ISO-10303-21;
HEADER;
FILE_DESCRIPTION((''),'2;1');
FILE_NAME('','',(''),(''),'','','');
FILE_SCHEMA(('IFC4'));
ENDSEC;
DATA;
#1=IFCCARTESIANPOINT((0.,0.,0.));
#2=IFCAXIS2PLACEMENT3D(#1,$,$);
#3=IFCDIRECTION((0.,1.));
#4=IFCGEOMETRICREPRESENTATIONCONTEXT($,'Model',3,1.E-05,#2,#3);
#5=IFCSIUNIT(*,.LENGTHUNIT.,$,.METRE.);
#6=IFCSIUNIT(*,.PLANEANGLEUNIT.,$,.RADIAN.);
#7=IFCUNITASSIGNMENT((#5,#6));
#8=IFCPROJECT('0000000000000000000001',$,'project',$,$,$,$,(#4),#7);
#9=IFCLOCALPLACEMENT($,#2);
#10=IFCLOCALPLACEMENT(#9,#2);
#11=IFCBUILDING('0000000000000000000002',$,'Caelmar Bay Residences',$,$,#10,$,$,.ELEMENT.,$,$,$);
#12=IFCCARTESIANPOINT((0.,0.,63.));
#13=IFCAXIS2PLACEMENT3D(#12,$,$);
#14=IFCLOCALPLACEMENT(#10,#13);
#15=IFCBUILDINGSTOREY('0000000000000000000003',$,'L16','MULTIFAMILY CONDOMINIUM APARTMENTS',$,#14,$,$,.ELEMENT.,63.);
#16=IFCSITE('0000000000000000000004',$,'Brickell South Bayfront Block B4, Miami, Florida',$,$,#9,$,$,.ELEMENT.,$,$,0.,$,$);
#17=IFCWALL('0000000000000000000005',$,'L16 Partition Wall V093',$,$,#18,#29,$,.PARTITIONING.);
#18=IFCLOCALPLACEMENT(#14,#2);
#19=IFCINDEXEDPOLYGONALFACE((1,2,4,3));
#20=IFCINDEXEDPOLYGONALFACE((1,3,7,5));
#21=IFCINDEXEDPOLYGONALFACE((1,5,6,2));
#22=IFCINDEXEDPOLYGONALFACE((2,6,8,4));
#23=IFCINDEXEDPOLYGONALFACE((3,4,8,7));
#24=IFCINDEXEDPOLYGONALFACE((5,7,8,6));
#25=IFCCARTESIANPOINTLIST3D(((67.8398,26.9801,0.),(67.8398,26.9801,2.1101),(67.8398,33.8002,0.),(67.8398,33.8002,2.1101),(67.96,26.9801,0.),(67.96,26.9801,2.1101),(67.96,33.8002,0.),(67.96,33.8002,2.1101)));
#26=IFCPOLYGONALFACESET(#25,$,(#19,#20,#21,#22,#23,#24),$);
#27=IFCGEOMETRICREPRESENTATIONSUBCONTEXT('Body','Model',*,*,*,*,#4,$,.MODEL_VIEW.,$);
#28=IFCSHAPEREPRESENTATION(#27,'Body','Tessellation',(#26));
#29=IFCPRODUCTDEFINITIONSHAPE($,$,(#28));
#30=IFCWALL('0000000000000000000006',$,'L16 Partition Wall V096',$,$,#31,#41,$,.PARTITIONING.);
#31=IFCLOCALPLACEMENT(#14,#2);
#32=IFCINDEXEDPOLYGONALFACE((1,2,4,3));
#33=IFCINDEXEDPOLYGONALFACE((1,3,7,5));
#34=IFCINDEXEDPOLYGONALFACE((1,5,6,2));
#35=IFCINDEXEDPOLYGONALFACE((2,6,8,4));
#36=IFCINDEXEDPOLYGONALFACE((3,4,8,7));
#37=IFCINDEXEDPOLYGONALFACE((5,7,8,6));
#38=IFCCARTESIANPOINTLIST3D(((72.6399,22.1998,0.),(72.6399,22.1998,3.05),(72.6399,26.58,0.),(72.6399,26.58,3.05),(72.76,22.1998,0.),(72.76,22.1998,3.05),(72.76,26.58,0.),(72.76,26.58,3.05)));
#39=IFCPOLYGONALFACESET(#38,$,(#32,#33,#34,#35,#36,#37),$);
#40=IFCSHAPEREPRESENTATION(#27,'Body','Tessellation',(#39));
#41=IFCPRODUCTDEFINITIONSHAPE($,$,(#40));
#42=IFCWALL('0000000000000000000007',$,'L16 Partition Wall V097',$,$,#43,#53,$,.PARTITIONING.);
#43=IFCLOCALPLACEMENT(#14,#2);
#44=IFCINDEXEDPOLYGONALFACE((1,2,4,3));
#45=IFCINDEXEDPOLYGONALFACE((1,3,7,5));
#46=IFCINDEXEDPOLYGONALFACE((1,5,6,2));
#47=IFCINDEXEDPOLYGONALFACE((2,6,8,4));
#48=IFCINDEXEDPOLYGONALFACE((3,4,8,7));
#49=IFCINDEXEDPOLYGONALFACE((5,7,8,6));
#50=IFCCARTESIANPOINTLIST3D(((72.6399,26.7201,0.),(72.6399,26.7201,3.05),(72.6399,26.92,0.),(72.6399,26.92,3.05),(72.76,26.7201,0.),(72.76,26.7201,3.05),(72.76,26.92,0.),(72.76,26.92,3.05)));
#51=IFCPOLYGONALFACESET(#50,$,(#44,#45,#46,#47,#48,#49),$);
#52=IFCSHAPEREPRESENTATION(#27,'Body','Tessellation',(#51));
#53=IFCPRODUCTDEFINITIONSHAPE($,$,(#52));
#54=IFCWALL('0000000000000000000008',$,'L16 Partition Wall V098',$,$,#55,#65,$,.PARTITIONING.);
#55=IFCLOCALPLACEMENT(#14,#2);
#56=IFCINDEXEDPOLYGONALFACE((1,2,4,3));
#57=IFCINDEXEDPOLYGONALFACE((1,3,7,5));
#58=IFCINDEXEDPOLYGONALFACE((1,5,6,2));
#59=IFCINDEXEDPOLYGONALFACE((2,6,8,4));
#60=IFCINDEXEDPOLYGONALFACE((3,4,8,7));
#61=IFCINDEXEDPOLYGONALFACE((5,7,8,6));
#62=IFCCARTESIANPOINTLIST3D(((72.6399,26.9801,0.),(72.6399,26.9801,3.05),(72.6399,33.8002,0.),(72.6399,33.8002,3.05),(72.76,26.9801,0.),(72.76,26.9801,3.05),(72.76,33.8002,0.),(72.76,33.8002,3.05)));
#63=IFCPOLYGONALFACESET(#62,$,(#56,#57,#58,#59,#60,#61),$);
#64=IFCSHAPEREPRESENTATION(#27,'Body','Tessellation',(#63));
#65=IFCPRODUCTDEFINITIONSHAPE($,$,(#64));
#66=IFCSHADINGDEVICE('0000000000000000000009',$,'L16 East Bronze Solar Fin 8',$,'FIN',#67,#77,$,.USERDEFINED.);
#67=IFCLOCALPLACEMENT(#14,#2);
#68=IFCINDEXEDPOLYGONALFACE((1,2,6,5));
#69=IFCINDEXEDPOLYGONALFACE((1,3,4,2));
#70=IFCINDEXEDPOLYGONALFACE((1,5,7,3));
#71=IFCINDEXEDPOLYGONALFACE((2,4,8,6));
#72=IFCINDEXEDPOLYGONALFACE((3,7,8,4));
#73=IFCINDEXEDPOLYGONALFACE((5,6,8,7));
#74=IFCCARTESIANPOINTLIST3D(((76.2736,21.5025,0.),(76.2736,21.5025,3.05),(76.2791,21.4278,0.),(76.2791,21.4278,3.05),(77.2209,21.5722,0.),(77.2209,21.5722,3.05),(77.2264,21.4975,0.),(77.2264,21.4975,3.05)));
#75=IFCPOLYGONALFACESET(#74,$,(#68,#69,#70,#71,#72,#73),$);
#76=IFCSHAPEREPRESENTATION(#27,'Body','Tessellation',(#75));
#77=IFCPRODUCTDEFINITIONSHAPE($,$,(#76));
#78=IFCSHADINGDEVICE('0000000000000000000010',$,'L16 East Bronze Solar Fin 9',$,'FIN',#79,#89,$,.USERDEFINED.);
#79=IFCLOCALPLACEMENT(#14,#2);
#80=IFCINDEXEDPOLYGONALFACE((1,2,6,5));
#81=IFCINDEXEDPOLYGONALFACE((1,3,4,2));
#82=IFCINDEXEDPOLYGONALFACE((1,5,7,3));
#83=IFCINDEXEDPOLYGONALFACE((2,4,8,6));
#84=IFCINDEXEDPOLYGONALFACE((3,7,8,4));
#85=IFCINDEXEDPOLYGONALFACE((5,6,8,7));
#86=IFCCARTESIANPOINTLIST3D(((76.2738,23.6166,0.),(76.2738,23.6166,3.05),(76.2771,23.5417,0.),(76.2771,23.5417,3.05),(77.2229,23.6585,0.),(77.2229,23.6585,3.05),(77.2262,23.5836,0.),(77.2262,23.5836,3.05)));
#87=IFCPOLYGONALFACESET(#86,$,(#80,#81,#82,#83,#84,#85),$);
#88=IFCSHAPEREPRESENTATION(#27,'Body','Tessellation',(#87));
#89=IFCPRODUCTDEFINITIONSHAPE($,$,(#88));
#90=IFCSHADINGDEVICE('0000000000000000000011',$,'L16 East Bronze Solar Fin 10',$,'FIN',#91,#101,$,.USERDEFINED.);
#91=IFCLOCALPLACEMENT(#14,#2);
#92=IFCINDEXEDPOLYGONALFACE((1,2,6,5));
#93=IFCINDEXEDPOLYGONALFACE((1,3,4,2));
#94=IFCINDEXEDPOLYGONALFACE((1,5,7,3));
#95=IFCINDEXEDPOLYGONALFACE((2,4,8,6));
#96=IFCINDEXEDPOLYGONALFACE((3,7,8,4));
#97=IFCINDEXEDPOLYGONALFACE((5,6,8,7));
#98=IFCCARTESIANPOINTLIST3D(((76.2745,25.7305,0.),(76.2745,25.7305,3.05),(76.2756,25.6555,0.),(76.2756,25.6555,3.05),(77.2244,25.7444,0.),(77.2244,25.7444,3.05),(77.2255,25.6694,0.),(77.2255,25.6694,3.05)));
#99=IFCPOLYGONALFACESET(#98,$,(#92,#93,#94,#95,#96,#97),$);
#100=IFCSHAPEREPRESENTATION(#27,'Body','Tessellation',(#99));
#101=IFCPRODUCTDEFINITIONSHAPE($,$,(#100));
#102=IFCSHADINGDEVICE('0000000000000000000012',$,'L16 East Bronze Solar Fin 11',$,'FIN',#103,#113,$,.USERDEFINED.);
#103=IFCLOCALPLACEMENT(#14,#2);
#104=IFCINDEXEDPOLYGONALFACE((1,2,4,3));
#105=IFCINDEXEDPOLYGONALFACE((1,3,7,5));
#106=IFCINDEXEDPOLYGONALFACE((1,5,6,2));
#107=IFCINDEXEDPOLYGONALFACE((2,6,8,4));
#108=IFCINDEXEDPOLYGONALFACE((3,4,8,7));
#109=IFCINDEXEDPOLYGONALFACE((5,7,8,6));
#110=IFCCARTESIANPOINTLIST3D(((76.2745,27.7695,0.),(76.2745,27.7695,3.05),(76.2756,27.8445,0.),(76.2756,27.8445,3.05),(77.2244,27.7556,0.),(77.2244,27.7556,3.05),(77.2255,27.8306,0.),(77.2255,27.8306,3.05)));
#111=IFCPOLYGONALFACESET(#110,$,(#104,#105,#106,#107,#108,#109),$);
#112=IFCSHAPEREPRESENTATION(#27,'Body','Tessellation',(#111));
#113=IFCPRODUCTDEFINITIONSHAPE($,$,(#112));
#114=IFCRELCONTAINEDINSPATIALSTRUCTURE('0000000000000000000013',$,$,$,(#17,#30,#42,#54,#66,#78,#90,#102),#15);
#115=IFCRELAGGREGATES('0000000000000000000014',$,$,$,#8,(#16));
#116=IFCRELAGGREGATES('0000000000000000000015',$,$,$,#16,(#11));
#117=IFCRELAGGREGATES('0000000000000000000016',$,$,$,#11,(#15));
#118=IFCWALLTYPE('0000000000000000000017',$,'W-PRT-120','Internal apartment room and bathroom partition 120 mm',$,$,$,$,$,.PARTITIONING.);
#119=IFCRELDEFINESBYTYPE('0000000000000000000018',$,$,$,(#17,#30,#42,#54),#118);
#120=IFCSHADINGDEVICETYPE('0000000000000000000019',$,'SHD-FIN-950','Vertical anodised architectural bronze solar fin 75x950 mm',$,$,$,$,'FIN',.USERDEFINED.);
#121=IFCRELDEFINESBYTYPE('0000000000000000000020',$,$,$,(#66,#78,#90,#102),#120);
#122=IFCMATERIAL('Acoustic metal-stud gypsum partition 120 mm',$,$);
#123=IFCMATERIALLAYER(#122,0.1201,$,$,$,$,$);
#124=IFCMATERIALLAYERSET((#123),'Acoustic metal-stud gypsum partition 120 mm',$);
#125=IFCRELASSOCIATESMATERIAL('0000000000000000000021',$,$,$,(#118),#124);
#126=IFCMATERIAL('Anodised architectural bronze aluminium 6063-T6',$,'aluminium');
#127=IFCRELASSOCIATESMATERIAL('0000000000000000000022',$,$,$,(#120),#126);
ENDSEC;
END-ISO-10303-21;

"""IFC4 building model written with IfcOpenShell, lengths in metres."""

from ifc_helpers import new_model, si_unit, direction, frame, frame_2d, origin, origin_2d, place, context, subcontext, project, spatial, rectangle, extrude, material, layer, layer_set, material_profile, profile_set, type_object, element, save


model = new_model("IFC4")

# Units and contexts
model_context = context("Model", 3, precision=1e-05, world=origin(), true_north=direction((0.0, 1.0)))
body_context = subcontext(model_context, "Body", "Model", "MODEL_VIEW")
ifc_project = project(units=[si_unit("LENGTHUNIT", "METRE"), si_unit("PLANEANGLEUNIT", "RADIAN")], contexts=[model_context])

# Site, building, storey
site_placement = place(None, origin())
site = spatial("IfcSite", under=ifc_project, at=site_placement, Name="Brickell South Bayfront Block B4, Miami, Florida", CompositionType="ELEMENT", RefElevation=0.0)
building_placement = place(site_placement, origin())
building = spatial("IfcBuilding", under=site, at=building_placement, Name="Caelmar Bay Residences", CompositionType="ELEMENT")
storey_placement = place(building_placement, frame((0.0, 0.0, 63.0)))
storey = spatial("IfcBuildingStorey", under=building, at=storey_placement, Name="L16", Description="MULTIFAMILY CONDOMINIUM APARTMENTS", CompositionType="ELEMENT", Elevation=63.0)

# Shared definitions
ifc_material_1 = material(Name="Acoustic metal-stud gypsum partition 120 mm")
ifc_layer_1 = layer(ifc_material_1, 0.1201)
ifc_layer_set_1 = layer_set([ifc_layer_1], Name="Acoustic metal-stud gypsum partition 120 mm")
wall_type = type_object("IfcWallType", Name="W-PRT-120", Description="Internal apartment room and bathroom partition 120 mm", PredefinedType="PARTITIONING", material=ifc_layer_set_1)

# Walls
wall_1_placement = place(storey_placement, frame((67.8999, 26.98, 0.0), z_axis=(0.0, 0.0, 1.0), x_axis=(0.0, 1.0, 0.0)))
element("IfcWall", 1, at=wall_1_placement, inside=storey, type_object=wall_type, Name="L16 Partition Wall V093", PredefinedType="PARTITIONING", context=body_context, shape_type="SweptSolid", body=[
    extrude(rectangle(XDim=6.8201, YDim=0.1201, at=frame_2d((3.4102, 0.0))), origin(), (0.0, 0.0, 1.0), 2.1101),
])
wall_2_placement = place(storey_placement, frame((72.7, 22.2, 0.0), z_axis=(0.0, 0.0, 1.0), x_axis=(0.0, 1.0, 0.0)))
element("IfcWall", 2, at=wall_2_placement, inside=storey, type_object=wall_type, Name="L16 Partition Wall V096", PredefinedType="PARTITIONING", context=body_context, shape_type="SweptSolid", body=[
    extrude(rectangle(XDim=4.3801, YDim=0.1201, at=frame_2d((2.1899, 0.0))), origin(), (0.0, 0.0, 1.0), 3.05),
])
wall_3_placement = place(storey_placement, frame((72.7, 26.72, 0.0), z_axis=(0.0, 0.0, 1.0), x_axis=(0.0, 1.0, 0.0)))
element("IfcWall", 3, at=wall_3_placement, inside=storey, type_object=wall_type, Name="L16 Partition Wall V097", PredefinedType="PARTITIONING", context=body_context, shape_type="SweptSolid", body=[
    extrude(rectangle(XDim=0.2, YDim=0.1201, at=frame_2d((0.1001, 0.0))), origin(), (0.0, 0.0, 1.0), 3.05),
])
wall_4_placement = place(storey_placement, frame((72.7, 26.98, 0.0), z_axis=(0.0, 0.0, 1.0), x_axis=(0.0, 1.0, 0.0)))
element("IfcWall", 4, at=wall_4_placement, inside=storey, type_object=wall_type, Name="L16 Partition Wall V098", PredefinedType="PARTITIONING", context=body_context, shape_type="SweptSolid", body=[
    extrude(rectangle(XDim=6.8201, YDim=0.1201, at=frame_2d((3.4102, 0.0))), origin(), (0.0, 0.0, 1.0), 3.05),
])

# Shading devices
ifc_material_2 = material(Name="Anodised architectural bronze aluminium 6063-T6", Category="aluminium")
ifc_material_profile_1 = material_profile(ifc_material_2, rectangle(XDim=0.075, YDim=0.95, at=origin_2d()), Name="BRONZE-FIN-75X950")
ifc_profile_set_1 = profile_set([ifc_material_profile_1], Name="Anodised architectural bronze aluminium 6063-T6")
shading_device_type = type_object("IfcShadingDeviceType", Name="SHD-FIN-950", Description="Vertical anodised architectural bronze solar fin 75x950 mm", ElementType="FIN", PredefinedType="USERDEFINED", material=ifc_profile_set_1)
for number, where, z_axis, x_axis, name in (
    (5, (76.75, 21.5, 0.0), (0.0, 0.0, 1.0), (-0.073412, 0.997302, 0.0), "L16 East Bronze Solar Fin 8"),
    (6, (76.75, 23.6001, 0.0), (0.0, 0.0, 1.0), (-0.044142, 0.999025, 0.0), "L16 East Bronze Solar Fin 9"),
    (7, (76.75, 25.7, 0.0), (0.0, 0.0, 1.0), (-0.01466, 0.999893, 0.0), "L16 East Bronze Solar Fin 10"),
    (8, (76.75, 27.8, 0.0), (0.0, 0.0, 1.0), (0.01466, 0.999893, 0.0), "L16 East Bronze Solar Fin 11"),
):
    element("IfcShadingDevice", number, at=place(storey_placement, frame(where, z_axis=z_axis, x_axis=x_axis)), inside=storey, type_object=shading_device_type, Name=name, ObjectType="FIN", PredefinedType="USERDEFINED", context=body_context, shape_type="SweptSolid", body=[
        extrude(rectangle(XDim=0.075, YDim=0.95, at=origin_2d()), origin(), (0.0, 0.0, 1.0), 3.05),
    ])

save(model, "model.ifc")
